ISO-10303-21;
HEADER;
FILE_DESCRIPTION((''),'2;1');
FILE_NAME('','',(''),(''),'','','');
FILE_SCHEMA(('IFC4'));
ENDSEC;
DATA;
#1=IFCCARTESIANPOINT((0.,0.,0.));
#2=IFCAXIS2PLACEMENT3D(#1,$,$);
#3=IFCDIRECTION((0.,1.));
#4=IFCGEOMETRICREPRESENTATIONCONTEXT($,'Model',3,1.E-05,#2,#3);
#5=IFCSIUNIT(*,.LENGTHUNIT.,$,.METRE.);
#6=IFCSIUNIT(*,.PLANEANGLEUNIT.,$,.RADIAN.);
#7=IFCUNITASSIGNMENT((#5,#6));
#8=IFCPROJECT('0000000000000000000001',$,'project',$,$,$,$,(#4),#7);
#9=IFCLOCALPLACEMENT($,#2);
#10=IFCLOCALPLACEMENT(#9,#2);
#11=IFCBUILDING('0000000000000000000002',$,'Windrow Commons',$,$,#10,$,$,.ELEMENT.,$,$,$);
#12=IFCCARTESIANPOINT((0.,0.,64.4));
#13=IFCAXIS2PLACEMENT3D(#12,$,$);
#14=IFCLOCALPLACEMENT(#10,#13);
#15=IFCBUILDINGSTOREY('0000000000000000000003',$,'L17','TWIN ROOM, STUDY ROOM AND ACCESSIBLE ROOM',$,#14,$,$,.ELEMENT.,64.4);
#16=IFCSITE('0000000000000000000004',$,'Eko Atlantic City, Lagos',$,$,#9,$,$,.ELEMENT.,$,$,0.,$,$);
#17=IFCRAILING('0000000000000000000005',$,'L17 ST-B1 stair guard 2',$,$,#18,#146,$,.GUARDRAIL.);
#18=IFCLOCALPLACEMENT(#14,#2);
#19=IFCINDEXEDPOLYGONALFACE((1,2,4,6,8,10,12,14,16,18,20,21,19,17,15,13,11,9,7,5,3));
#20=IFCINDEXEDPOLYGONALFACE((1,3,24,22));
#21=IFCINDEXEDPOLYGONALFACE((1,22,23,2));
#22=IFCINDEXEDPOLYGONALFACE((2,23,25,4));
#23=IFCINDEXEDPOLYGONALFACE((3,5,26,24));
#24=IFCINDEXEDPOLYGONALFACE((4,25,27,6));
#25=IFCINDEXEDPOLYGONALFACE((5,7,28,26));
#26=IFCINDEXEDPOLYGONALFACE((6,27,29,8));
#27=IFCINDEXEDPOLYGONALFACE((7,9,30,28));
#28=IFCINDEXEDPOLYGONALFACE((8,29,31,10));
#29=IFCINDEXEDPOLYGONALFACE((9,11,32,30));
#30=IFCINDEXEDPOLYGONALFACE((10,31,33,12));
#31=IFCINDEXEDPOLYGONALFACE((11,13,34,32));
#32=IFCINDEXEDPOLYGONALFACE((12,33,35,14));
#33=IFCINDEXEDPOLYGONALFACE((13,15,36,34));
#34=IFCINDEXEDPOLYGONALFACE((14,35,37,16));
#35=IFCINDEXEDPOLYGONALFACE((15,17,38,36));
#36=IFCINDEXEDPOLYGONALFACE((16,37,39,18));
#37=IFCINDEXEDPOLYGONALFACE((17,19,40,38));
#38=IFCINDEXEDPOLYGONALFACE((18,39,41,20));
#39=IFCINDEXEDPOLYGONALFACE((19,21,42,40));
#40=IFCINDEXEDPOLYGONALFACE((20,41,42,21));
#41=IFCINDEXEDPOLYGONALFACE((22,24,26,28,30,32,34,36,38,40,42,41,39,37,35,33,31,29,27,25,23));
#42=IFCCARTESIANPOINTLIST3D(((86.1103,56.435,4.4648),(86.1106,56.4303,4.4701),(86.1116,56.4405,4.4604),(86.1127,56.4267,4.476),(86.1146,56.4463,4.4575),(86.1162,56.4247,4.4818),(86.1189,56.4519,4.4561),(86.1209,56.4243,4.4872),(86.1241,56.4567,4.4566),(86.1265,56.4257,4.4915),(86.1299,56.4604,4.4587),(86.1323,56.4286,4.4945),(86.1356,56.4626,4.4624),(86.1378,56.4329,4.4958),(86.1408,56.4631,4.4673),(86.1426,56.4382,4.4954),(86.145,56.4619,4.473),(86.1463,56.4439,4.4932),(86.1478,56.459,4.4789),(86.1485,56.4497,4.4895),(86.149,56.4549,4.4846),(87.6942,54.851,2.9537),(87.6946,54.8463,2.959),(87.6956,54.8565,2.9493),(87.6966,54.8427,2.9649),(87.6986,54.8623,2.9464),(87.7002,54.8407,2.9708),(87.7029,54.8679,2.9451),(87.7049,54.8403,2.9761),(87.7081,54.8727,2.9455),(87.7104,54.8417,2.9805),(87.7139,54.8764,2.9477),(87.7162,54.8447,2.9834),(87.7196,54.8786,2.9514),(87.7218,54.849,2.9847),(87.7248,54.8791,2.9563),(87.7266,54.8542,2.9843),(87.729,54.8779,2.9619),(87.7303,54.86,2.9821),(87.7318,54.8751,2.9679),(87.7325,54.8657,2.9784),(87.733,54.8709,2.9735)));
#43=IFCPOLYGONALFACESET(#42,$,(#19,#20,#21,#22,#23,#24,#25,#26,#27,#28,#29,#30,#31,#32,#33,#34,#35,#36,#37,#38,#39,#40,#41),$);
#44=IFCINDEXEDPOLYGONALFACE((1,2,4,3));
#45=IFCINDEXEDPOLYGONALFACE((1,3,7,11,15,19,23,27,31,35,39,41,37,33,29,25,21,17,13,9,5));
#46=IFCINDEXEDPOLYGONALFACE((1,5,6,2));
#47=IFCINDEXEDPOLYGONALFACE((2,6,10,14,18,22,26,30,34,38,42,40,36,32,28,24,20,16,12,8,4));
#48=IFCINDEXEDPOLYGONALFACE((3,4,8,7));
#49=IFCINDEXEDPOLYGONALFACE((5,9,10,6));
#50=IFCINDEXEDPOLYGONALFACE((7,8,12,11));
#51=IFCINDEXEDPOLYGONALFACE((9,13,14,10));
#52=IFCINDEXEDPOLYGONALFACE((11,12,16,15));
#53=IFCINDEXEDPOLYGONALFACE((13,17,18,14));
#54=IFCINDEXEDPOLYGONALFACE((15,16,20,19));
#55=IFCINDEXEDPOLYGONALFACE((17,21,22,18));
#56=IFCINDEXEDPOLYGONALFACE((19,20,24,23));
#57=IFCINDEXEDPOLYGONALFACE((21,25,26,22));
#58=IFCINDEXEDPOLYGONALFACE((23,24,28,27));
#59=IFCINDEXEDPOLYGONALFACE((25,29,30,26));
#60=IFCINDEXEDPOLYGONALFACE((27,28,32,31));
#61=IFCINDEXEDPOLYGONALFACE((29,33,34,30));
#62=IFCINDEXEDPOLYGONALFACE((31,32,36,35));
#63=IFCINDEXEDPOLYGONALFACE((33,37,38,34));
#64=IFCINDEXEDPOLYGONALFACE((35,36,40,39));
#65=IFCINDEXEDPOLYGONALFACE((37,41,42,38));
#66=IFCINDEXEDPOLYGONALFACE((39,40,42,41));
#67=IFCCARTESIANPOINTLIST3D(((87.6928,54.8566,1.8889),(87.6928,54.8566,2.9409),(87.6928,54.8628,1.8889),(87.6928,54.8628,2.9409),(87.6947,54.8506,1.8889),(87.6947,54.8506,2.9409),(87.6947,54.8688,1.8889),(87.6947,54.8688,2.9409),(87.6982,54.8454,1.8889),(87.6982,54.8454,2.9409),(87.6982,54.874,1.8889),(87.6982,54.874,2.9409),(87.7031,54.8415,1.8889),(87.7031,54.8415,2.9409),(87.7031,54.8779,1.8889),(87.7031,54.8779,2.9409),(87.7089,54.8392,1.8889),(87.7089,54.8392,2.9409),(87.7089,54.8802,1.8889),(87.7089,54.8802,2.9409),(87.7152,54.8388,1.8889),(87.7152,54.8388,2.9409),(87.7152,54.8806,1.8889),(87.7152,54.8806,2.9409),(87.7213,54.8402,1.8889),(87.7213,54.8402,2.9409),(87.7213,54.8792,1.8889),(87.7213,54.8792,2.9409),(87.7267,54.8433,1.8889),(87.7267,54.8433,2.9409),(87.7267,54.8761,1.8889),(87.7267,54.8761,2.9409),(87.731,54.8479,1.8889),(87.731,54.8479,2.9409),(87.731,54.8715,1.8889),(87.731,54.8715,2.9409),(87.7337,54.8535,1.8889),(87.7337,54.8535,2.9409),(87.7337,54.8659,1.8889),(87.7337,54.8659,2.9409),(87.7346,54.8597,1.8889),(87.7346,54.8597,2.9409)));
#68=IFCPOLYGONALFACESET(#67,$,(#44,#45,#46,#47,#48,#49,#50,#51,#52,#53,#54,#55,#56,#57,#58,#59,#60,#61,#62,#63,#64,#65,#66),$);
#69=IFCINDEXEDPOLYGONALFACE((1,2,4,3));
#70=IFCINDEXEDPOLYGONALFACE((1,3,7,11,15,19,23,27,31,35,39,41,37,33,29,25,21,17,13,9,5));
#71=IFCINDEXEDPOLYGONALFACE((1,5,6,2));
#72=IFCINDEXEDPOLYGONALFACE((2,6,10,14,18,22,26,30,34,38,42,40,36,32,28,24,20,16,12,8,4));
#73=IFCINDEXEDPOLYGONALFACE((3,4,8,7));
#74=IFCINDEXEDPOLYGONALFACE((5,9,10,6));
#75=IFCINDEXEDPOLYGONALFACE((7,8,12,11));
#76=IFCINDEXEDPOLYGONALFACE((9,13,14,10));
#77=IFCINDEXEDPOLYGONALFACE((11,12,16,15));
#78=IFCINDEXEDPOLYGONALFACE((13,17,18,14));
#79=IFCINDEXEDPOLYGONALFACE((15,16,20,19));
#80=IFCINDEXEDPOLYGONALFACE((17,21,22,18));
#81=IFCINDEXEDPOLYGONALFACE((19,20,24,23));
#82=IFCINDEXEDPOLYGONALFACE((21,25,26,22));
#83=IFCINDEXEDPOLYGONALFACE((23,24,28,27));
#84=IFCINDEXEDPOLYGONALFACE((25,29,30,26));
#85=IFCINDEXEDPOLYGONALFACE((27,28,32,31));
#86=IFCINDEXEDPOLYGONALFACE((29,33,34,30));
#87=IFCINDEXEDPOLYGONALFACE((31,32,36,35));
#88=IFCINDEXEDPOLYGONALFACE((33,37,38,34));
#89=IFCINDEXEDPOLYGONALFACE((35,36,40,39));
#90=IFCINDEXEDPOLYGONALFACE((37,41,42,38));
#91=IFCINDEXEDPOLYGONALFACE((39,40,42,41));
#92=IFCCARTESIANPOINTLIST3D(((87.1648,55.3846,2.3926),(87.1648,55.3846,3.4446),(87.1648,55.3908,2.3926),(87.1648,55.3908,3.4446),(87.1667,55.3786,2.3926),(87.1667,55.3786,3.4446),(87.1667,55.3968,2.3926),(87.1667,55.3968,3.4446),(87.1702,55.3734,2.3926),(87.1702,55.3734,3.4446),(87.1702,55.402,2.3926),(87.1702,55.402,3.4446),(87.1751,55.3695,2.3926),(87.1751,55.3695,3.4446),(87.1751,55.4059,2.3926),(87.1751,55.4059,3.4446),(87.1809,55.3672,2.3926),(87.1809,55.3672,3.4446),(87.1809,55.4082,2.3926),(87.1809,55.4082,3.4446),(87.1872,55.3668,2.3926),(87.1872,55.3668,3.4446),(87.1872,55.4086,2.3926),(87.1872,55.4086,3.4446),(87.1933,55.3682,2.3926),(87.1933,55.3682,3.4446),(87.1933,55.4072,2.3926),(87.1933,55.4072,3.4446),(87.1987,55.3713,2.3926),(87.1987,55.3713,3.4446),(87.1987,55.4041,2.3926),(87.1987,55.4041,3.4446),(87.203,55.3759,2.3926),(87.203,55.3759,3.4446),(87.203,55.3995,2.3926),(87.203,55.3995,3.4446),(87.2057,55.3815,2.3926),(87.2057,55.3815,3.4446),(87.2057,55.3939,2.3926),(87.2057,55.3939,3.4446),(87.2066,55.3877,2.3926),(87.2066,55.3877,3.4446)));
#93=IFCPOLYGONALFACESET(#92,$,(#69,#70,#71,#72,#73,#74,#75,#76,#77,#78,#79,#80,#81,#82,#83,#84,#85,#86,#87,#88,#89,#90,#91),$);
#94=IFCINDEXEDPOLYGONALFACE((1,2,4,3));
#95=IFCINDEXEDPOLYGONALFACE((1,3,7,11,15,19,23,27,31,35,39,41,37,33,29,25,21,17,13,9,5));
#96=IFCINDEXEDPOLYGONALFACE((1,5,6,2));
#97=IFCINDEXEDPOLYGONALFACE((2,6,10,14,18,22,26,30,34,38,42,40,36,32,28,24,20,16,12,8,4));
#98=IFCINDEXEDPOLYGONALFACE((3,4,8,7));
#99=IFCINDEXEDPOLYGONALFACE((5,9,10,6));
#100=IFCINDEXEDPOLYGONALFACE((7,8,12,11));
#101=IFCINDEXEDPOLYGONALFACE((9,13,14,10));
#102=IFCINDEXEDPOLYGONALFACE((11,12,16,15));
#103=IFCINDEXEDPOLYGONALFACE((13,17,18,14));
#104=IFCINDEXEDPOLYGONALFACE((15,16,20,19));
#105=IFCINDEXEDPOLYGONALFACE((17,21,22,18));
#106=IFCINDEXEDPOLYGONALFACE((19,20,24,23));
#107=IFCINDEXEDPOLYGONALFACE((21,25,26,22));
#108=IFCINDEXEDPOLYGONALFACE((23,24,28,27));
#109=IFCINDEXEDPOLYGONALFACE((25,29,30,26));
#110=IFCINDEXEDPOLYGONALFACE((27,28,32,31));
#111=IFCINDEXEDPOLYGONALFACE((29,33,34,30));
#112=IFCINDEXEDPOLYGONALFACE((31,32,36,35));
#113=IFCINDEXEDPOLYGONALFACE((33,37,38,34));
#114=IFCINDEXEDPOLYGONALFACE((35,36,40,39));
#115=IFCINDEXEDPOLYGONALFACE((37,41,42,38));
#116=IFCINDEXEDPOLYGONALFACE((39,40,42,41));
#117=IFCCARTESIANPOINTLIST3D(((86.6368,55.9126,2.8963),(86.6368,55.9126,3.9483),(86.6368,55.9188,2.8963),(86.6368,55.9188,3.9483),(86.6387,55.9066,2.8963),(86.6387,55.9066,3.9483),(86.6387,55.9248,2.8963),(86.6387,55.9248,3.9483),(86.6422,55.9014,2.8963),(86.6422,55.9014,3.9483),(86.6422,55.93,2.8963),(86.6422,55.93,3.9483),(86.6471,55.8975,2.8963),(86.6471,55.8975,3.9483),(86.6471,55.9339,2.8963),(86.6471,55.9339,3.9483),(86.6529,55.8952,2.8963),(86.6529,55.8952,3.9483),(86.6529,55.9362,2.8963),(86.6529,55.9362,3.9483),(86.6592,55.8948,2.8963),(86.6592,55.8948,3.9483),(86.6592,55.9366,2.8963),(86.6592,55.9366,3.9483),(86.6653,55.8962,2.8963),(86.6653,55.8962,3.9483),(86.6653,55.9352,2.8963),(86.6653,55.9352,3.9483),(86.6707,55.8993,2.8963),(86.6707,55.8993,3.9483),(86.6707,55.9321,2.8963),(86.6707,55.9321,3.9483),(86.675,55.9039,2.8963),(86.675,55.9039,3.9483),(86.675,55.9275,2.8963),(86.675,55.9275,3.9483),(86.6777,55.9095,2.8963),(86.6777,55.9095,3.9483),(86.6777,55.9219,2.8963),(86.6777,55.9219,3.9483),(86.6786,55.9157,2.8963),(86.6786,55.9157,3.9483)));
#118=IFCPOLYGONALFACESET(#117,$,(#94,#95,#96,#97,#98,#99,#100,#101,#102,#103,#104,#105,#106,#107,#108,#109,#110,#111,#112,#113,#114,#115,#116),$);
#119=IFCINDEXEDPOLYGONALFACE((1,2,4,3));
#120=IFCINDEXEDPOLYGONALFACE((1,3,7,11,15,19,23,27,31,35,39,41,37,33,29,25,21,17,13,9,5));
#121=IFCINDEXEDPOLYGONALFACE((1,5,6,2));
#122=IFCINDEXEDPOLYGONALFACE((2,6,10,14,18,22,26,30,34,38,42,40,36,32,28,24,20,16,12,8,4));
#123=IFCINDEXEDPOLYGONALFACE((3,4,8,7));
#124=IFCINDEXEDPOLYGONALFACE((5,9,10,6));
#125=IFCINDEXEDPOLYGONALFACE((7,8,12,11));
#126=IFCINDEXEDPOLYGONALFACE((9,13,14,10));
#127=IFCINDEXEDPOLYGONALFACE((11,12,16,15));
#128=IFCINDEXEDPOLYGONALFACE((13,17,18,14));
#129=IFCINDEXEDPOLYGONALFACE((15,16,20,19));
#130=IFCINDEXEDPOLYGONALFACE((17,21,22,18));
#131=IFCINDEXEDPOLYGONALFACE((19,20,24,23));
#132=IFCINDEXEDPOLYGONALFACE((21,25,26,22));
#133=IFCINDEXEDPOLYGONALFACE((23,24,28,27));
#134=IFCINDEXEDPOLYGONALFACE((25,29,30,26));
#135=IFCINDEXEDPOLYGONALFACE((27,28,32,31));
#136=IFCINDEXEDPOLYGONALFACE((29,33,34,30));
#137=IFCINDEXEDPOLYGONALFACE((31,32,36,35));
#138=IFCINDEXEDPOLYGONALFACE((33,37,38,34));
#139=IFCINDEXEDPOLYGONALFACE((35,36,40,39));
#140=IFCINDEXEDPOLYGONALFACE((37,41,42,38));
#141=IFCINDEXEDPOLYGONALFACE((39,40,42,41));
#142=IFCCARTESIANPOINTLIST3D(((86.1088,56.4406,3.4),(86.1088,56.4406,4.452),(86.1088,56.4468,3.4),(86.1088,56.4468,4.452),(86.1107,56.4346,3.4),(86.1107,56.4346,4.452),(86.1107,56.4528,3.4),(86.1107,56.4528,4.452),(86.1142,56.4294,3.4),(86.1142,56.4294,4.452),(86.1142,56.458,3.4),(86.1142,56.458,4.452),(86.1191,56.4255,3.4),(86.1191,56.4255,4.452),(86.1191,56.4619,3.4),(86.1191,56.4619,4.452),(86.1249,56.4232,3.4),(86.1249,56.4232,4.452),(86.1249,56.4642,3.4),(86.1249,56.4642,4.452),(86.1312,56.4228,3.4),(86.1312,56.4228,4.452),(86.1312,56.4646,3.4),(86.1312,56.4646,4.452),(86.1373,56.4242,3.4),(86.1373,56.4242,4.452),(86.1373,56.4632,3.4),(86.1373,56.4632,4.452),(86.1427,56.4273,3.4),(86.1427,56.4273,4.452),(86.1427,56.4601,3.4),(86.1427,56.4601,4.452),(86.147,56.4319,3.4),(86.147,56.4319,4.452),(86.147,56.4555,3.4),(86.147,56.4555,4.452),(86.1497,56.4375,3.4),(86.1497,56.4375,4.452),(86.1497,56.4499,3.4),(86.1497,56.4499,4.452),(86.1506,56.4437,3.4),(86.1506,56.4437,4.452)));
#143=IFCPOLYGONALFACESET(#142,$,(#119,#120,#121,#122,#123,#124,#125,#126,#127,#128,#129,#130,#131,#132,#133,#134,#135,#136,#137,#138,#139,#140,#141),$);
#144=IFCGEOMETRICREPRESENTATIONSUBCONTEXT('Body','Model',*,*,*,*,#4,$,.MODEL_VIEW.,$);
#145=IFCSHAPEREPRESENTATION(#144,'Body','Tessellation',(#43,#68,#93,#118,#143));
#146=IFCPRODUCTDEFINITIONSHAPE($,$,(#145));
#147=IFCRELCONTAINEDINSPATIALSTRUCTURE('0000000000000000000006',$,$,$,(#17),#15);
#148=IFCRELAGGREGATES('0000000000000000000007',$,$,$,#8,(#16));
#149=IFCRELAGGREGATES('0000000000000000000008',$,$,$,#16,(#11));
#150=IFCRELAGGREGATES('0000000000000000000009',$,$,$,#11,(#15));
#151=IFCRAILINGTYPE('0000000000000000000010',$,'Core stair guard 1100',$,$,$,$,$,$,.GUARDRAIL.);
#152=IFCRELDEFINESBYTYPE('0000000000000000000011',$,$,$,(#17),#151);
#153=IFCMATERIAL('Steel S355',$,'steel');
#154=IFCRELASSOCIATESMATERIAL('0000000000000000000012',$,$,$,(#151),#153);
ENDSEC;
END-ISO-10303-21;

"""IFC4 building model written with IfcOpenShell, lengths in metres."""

from ifc_helpers import new_model, si_unit, direction, frame, origin, origin_2d, place, context, subcontext, project, spatial, circle, extrude, material, type_object, element, save


model = new_model("IFC4")

# Units and contexts
model_context = context("Model", 3, precision=1e-05, world=origin(), true_north=direction((0.0, 1.0)))
body_context = subcontext(model_context, "Body", "Model", "MODEL_VIEW")
ifc_project = project(units=[si_unit("LENGTHUNIT", "METRE"), si_unit("PLANEANGLEUNIT", "RADIAN")], contexts=[model_context])

# Site, building, storey
site_placement = place(None, origin())
site = spatial("IfcSite", under=ifc_project, at=site_placement, Name="Eko Atlantic City, Lagos", CompositionType="ELEMENT", RefElevation=0.0)
building_placement = place(site_placement, origin())
building = spatial("IfcBuilding", under=site, at=building_placement, Name="Windrow Commons", CompositionType="ELEMENT")
storey_placement = place(building_placement, frame((0.0, 0.0, 64.4)))
storey = spatial("IfcBuildingStorey", under=building, at=storey_placement, Name="L17", Description="TWIN ROOM, STUDY ROOM AND ACCESSIBLE ROOM", CompositionType="ELEMENT", Elevation=64.4)

# Railing
ifc_material_1 = material(Name="Steel S355", Category="steel")
railing_type_1 = type_object("IfcRailingType", Name="Core stair guard 1100", PredefinedType="GUARDRAIL", material=ifc_material_1)
railing_1_placement = place(storey_placement, frame((87.7136, 54.8597, 1.8889)))
element("IfcRailing", 1, at=railing_1_placement, inside=storey, type_object=railing_type_1, Name="L17 ST-B1 stair guard 2", PredefinedType="GUARDRAIL", context=body_context, shape_type="SweptSolid", body=[
    extrude(circle(Radius=0.024, at=origin_2d()), frame((0.0, 0.0, 1.076), z_axis=(-0.586203, 0.586203, 0.559224), x_axis=(-0.707107, -0.707107, 0.0)), (0.0, 0.0, 1.0), 2.7021),
    extrude(circle(Radius=0.021, at=origin_2d()), origin(), (0.0, 0.0, 1.0), 1.052),
    extrude(circle(Radius=0.021, at=origin_2d()), frame((-0.528, 0.528, 0.5037)), (0.0, 0.0, 1.0), 1.052),
    extrude(circle(Radius=0.021, at=origin_2d()), frame((-1.056, 1.056, 1.0074)), (0.0, 0.0, 1.0), 1.052),
    extrude(circle(Radius=0.021, at=origin_2d()), frame((-1.584, 1.584, 1.5111)), (0.0, 0.0, 1.0), 1.052),
])

save(model, "model.ifc")
